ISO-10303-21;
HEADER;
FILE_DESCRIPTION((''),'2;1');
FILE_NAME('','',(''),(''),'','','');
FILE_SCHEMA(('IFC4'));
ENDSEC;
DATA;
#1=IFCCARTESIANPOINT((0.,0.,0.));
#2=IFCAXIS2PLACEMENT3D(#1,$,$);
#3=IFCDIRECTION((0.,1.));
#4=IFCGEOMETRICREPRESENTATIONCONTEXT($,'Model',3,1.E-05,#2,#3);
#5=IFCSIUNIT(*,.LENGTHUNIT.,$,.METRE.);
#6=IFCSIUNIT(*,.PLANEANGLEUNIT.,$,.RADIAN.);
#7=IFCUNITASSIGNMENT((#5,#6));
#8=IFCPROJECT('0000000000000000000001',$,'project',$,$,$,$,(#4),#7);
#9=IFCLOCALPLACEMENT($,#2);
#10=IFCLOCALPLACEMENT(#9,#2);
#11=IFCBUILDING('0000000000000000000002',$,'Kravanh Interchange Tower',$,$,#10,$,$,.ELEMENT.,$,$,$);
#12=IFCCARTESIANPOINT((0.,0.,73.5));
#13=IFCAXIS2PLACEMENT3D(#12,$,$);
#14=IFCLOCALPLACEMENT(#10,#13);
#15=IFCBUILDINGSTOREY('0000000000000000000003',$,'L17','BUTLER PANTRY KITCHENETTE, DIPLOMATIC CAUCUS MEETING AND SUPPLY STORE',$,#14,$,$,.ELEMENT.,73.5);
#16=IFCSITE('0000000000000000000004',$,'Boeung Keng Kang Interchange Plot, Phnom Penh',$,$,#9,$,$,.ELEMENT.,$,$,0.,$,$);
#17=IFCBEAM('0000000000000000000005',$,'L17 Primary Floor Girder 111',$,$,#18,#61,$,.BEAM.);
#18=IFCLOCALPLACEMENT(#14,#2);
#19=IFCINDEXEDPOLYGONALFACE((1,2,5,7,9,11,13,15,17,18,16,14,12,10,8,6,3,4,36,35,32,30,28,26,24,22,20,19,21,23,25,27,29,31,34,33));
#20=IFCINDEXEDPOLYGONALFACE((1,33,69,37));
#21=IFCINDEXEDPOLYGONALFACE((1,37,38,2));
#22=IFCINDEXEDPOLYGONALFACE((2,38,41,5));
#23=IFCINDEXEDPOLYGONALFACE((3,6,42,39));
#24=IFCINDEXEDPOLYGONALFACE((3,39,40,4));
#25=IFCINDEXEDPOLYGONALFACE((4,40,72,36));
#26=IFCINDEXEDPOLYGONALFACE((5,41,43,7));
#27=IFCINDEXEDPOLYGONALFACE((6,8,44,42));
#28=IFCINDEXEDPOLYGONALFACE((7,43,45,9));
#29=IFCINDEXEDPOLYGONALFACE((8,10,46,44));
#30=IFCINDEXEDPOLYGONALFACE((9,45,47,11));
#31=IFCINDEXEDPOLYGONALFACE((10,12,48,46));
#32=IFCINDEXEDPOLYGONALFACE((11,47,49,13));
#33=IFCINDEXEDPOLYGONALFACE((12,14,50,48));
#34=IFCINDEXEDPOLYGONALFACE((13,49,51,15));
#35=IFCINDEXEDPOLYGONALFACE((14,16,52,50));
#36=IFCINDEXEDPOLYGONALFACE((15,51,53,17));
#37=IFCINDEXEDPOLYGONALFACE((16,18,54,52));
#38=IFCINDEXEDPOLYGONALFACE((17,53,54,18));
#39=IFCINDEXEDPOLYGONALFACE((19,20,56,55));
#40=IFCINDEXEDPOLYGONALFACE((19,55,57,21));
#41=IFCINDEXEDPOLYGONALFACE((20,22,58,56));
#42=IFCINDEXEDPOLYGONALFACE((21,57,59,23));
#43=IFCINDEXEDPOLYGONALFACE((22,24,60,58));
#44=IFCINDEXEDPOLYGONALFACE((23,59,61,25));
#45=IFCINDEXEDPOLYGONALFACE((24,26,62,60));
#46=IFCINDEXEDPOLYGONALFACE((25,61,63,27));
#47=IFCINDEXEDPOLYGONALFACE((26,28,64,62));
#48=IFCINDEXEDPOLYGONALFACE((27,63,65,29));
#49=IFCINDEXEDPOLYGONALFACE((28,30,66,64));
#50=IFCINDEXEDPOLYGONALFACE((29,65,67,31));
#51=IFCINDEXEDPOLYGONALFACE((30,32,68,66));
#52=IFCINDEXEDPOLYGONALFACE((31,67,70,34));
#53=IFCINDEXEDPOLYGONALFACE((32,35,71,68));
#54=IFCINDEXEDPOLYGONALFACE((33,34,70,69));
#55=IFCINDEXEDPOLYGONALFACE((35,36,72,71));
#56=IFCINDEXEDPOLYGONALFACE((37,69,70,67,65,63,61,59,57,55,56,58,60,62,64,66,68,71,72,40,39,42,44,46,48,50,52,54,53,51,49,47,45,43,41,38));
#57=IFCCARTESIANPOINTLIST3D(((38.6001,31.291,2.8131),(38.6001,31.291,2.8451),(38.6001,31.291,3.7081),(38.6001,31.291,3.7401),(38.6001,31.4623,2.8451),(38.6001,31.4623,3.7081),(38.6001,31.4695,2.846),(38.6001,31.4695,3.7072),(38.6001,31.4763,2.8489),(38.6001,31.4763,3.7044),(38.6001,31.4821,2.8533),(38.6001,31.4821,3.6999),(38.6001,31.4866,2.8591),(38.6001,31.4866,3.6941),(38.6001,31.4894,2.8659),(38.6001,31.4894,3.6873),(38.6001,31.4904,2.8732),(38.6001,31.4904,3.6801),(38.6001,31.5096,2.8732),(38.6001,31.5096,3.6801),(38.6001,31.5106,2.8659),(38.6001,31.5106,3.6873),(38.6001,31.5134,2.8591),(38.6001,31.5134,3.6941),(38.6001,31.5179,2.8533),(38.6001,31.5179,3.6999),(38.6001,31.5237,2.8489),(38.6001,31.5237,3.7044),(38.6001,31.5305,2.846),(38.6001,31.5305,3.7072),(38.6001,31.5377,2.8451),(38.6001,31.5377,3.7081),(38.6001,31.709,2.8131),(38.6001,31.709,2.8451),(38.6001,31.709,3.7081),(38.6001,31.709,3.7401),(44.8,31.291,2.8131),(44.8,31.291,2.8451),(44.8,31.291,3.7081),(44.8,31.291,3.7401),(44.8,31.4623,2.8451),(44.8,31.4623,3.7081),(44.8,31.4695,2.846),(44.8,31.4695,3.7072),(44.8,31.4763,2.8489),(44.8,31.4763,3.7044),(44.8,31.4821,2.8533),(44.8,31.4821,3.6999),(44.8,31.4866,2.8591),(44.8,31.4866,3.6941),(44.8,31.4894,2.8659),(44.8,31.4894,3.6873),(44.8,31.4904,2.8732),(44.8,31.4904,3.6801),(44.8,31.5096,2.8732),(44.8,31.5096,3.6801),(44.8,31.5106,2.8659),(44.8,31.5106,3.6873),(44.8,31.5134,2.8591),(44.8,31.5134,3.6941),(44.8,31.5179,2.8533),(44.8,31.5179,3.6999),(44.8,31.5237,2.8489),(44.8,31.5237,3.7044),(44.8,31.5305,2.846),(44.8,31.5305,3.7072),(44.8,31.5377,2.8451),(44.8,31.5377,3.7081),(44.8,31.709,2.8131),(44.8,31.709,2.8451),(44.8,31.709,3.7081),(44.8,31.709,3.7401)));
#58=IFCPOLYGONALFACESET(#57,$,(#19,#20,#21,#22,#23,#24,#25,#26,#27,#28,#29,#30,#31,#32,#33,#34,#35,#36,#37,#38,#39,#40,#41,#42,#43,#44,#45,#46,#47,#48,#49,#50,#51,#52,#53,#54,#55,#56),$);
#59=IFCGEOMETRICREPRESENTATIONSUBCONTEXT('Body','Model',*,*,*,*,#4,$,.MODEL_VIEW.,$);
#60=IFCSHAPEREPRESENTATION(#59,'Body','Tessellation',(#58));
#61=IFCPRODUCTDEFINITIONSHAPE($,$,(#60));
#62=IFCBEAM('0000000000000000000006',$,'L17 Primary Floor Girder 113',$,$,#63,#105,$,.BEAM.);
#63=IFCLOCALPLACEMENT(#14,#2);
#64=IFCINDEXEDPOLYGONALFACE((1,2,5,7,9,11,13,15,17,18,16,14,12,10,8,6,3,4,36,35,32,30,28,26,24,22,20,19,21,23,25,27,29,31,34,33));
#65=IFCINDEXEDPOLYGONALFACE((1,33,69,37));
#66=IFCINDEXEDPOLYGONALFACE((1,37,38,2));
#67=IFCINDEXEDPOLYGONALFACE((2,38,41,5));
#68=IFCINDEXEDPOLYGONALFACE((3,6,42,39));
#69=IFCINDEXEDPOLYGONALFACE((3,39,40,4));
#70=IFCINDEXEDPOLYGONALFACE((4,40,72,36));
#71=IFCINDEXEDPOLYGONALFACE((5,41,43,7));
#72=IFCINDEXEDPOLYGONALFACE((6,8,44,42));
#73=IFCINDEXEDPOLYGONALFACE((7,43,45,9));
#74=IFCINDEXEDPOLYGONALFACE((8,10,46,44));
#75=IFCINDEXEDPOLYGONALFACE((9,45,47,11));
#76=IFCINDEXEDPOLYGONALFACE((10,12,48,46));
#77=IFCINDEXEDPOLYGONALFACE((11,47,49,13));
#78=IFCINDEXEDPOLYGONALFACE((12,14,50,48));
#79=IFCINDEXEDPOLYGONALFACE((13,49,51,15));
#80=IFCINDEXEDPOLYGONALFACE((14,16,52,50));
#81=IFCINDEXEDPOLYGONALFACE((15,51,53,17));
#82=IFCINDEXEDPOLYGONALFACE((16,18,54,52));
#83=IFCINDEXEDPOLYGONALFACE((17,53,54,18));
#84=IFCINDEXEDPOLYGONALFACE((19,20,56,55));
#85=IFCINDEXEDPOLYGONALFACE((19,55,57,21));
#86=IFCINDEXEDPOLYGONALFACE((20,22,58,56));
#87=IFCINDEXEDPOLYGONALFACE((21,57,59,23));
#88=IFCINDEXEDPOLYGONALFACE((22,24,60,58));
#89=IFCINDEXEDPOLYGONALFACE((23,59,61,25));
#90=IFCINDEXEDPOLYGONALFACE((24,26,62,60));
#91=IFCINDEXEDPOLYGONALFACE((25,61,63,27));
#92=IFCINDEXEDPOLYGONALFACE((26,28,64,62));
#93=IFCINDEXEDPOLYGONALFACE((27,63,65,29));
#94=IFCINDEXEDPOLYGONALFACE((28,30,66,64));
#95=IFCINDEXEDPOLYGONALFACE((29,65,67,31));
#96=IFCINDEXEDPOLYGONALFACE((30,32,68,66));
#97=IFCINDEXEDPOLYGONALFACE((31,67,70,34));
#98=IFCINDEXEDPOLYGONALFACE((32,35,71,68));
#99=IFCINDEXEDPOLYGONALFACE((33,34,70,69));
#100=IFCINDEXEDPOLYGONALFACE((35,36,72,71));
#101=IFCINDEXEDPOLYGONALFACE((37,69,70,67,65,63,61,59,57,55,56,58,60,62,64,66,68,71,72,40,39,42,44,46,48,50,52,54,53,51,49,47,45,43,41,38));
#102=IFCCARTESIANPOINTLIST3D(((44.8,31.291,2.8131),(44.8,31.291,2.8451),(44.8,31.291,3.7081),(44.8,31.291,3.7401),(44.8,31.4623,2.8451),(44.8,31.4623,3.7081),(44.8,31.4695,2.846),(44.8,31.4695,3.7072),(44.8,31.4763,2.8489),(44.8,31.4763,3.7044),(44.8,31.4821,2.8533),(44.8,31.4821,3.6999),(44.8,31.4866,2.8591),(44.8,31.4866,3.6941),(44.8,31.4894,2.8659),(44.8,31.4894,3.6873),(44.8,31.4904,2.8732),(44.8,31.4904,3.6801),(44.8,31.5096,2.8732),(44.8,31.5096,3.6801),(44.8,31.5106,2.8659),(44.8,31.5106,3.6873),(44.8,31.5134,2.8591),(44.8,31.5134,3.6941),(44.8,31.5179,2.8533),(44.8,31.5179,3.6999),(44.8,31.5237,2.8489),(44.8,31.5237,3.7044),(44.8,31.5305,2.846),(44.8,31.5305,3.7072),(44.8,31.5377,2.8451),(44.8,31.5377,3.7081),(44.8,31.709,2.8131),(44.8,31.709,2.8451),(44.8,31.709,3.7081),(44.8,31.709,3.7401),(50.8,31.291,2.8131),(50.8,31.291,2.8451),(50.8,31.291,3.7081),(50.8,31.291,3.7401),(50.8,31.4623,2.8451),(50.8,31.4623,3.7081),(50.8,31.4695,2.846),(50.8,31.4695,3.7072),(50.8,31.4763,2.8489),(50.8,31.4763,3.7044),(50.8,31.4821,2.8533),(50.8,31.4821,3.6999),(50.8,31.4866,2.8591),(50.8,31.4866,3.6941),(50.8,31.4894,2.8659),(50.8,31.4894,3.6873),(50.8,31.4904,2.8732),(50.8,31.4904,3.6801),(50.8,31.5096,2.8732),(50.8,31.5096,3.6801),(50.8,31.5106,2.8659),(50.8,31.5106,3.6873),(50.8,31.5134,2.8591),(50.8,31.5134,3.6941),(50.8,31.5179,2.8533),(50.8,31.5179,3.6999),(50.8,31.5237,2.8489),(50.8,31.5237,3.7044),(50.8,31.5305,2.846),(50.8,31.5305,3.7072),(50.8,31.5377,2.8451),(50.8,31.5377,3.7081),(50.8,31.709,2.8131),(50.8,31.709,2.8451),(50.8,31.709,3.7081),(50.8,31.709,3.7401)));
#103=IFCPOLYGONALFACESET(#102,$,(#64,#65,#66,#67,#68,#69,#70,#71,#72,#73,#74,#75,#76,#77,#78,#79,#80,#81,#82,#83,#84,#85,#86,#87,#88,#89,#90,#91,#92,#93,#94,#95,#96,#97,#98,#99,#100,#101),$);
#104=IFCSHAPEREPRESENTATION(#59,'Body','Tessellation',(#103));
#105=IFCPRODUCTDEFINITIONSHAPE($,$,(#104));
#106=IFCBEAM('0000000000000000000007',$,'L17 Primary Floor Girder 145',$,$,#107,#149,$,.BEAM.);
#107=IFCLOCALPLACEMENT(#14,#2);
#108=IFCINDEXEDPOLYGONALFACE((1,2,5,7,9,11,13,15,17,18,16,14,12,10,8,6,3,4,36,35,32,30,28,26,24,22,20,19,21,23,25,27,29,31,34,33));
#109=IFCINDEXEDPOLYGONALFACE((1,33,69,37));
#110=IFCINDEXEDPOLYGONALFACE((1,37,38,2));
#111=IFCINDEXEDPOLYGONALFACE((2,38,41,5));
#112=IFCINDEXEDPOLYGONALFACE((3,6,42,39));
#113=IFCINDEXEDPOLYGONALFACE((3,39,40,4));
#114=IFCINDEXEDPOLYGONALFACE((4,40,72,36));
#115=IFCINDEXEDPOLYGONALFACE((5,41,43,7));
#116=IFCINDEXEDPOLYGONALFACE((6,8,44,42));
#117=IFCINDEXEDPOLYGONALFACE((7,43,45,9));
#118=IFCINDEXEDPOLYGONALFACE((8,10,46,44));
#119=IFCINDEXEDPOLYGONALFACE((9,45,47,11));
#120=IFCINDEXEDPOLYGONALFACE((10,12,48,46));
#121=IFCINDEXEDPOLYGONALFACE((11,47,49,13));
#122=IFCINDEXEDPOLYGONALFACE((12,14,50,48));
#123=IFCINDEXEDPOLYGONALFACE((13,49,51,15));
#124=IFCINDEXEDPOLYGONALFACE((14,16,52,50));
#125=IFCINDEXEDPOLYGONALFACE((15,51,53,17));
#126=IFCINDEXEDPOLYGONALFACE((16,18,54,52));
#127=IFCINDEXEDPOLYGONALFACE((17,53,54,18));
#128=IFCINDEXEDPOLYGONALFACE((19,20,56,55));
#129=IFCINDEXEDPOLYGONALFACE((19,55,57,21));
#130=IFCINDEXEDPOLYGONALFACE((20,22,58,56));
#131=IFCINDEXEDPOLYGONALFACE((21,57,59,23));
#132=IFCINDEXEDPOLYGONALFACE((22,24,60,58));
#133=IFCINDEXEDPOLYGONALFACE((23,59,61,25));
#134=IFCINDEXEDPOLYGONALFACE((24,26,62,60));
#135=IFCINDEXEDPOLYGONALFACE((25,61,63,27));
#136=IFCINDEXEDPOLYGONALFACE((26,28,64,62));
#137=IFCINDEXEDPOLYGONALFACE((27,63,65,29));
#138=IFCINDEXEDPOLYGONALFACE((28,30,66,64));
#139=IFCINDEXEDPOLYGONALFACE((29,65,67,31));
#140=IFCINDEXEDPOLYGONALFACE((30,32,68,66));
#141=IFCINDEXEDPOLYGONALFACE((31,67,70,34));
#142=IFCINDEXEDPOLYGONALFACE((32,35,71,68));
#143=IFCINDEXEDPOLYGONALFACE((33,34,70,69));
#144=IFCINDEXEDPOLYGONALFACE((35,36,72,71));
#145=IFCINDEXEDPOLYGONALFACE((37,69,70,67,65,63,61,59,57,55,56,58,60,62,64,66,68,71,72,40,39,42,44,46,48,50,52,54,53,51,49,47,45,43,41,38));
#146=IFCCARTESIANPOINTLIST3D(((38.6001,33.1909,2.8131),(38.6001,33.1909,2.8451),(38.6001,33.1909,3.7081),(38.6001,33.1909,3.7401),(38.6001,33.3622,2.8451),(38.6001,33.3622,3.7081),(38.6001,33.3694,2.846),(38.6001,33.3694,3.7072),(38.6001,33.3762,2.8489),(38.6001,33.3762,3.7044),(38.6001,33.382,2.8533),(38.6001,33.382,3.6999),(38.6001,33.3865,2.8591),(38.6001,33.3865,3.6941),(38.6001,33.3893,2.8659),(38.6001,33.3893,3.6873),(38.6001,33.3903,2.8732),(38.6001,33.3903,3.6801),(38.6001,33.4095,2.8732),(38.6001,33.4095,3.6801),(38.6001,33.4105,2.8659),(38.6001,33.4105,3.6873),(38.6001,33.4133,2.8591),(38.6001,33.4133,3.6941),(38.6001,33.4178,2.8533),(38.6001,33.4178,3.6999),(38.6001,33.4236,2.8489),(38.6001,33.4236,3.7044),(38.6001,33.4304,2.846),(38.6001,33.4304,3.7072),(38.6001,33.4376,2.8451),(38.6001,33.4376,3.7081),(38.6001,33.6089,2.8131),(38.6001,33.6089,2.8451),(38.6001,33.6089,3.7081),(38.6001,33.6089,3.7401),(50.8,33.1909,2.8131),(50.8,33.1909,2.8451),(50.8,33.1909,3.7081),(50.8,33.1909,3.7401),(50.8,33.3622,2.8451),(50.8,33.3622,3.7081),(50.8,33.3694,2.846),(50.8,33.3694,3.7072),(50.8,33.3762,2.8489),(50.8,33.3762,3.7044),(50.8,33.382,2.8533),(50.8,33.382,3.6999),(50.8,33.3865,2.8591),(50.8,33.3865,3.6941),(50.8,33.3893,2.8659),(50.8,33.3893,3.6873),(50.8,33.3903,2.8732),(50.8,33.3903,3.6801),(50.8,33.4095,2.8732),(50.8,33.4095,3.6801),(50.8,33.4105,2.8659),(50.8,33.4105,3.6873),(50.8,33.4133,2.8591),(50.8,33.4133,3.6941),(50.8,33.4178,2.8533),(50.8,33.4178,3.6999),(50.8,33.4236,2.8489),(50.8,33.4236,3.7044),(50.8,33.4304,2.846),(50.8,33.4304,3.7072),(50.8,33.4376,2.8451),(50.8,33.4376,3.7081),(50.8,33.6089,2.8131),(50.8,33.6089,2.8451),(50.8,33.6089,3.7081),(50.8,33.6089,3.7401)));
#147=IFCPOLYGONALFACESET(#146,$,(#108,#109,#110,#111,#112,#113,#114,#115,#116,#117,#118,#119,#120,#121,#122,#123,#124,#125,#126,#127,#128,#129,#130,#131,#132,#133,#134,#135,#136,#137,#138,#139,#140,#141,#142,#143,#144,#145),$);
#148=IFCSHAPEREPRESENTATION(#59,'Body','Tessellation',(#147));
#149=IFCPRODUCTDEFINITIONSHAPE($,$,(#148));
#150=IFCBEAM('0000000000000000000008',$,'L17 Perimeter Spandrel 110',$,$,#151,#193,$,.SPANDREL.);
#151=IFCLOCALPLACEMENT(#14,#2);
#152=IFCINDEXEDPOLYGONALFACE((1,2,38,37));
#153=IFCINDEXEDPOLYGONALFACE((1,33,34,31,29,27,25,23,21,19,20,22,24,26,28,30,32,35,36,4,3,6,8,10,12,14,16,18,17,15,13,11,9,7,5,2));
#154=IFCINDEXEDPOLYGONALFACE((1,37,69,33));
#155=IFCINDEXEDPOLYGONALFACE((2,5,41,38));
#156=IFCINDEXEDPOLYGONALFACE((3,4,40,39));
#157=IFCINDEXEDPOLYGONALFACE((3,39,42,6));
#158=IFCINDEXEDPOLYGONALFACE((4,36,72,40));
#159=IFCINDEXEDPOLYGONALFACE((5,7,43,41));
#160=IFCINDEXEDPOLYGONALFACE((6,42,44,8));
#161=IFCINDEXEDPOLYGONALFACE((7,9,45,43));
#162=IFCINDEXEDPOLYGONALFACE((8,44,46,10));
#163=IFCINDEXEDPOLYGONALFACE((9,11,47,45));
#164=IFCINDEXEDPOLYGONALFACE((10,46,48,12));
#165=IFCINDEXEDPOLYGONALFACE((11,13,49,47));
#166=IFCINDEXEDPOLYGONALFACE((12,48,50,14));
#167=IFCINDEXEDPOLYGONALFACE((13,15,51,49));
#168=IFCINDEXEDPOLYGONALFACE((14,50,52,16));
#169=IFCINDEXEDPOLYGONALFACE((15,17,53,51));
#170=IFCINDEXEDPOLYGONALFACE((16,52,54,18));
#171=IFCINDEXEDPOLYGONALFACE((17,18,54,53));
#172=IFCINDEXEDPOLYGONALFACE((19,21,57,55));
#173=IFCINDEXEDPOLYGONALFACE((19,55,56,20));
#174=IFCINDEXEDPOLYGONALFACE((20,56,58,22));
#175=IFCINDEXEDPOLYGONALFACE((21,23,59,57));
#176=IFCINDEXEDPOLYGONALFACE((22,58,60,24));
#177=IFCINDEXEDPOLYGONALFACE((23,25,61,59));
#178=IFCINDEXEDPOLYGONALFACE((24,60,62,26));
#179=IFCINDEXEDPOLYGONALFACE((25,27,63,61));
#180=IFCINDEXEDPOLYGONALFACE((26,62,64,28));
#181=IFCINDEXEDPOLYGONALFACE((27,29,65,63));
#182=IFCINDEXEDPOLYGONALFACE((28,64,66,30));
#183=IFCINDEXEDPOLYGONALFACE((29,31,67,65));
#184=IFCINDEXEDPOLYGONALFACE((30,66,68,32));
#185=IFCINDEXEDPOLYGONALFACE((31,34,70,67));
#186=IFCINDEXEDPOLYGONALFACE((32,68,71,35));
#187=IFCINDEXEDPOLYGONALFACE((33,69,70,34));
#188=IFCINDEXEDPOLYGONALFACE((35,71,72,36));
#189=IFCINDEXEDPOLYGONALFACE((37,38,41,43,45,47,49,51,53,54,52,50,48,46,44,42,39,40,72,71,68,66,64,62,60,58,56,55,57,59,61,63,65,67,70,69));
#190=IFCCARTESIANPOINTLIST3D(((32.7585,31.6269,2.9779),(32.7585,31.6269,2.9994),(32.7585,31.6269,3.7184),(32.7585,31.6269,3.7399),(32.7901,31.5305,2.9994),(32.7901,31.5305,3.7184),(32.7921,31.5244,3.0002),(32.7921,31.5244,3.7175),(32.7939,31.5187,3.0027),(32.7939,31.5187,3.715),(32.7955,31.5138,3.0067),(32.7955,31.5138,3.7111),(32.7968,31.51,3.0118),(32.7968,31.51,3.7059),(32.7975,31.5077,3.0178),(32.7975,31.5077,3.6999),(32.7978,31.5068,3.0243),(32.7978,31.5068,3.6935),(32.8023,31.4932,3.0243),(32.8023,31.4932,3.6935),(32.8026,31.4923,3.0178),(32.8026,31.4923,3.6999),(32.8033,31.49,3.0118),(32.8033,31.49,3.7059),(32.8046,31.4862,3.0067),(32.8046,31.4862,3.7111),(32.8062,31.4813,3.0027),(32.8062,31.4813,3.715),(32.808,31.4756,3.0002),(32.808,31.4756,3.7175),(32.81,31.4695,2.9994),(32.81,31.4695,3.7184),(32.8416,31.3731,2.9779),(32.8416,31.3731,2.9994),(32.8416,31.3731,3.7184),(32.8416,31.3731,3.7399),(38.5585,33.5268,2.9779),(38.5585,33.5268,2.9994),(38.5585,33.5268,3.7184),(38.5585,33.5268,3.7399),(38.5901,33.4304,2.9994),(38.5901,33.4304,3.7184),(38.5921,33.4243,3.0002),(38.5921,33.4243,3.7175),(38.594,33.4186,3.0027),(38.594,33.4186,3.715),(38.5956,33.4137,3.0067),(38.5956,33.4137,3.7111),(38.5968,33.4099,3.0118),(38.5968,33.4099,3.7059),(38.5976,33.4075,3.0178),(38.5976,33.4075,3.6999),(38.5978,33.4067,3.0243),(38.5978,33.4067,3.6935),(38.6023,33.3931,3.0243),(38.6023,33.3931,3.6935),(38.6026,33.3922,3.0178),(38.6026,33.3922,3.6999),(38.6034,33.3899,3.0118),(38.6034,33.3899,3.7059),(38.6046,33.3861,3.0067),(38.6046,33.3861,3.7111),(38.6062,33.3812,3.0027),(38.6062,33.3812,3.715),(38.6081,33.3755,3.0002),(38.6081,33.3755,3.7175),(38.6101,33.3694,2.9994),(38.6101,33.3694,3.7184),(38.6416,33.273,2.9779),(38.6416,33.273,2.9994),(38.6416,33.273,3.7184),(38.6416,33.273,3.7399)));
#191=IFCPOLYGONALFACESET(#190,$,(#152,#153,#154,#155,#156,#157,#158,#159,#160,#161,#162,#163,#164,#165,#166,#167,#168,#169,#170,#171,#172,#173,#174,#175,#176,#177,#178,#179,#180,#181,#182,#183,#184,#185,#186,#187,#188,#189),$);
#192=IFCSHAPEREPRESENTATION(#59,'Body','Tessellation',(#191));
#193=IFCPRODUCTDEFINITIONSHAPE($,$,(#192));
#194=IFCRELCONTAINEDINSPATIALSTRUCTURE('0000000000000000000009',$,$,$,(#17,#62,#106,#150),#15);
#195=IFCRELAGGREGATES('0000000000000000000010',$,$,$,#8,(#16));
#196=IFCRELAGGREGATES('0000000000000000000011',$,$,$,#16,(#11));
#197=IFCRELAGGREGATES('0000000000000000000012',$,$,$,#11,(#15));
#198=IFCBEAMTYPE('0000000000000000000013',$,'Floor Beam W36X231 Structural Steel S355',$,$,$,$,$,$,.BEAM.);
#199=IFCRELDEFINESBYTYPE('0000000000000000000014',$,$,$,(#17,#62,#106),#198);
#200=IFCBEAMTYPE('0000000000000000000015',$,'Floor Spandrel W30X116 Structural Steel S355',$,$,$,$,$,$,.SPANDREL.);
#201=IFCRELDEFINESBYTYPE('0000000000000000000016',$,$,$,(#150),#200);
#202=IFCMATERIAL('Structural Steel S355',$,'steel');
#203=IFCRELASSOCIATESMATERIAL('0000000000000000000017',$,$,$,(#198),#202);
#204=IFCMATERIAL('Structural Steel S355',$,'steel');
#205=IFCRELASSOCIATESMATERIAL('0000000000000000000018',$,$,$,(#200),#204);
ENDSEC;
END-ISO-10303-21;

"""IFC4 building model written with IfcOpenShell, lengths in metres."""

from ifc_helpers import new_model, si_unit, direction, frame, origin, origin_2d, place, context, subcontext, project, spatial, i_section, extrude, material, material_profile, profile_set, type_object, element, save


model = new_model("IFC4")

# Units and contexts
model_context = context("Model", 3, precision=1e-05, world=origin(), true_north=direction((0.0, 1.0)))
body_context = subcontext(model_context, "Body", "Model", "MODEL_VIEW")
ifc_project = project(units=[si_unit("LENGTHUNIT", "METRE"), si_unit("PLANEANGLEUNIT", "RADIAN")], contexts=[model_context])

# Site, building, storey
site_placement = place(None, origin())
site = spatial("IfcSite", under=ifc_project, at=site_placement, Name="Boeung Keng Kang Interchange Plot, Phnom Penh", CompositionType="ELEMENT", RefElevation=0.0)
building_placement = place(site_placement, origin())
building = spatial("IfcBuilding", under=site, at=building_placement, Name="Kravanh Interchange Tower", CompositionType="ELEMENT")
storey_placement = place(building_placement, frame((0.0, 0.0, 73.5)))
storey = spatial("IfcBuildingStorey", under=building, at=storey_placement, Name="L17", Description="BUTLER PANTRY KITCHENETTE, DIPLOMATIC CAUCUS MEETING AND SUPPLY STORE", CompositionType="ELEMENT", Elevation=73.5)

# Beams
ifc_material_1 = material(Name="Structural Steel S355", Category="steel")
ifc_material_profile_1 = material_profile(ifc_material_1, i_section(OverallWidth=0.418, OverallDepth=0.927, WebThickness=0.0193, FlangeThickness=0.032, FilletRadius=0.0281, at=origin_2d()), Name="W36X231")
ifc_profile_set_1 = profile_set([ifc_material_profile_1], Name="Structural Steel S355")
beam_type_1 = type_object("IfcBeamType", Name="Floor Beam W36X231 Structural Steel S355", PredefinedType="BEAM", material=ifc_profile_set_1)
beam_1_placement = place(storey_placement, frame((38.6001, 31.5, 3.2766), z_axis=(1.0, 0.0, 0.0), x_axis=(0.0, 1.0, 0.0)))
element("IfcBeam", 1, at=beam_1_placement, inside=storey, type_object=beam_type_1, Name="L17 Primary Floor Girder 111", PredefinedType="BEAM", context=body_context, shape_type="SweptSolid", body=[
    extrude(i_section(OverallWidth=0.418, OverallDepth=0.927, WebThickness=0.0193, FlangeThickness=0.032, FilletRadius=0.0281, at=origin_2d()), origin(), (0.0, 0.0, 1.0), 6.2),
])
beam_2_placement = place(storey_placement, frame((44.8, 31.5, 3.2766), z_axis=(1.0, 0.0, 0.0), x_axis=(0.0, 1.0, 0.0)))
element("IfcBeam", 2, at=beam_2_placement, inside=storey, type_object=beam_type_1, Name="L17 Primary Floor Girder 113", PredefinedType="BEAM", context=body_context, shape_type="SweptSolid", body=[
    extrude(i_section(OverallWidth=0.418, OverallDepth=0.927, WebThickness=0.0193, FlangeThickness=0.032, FilletRadius=0.0281, at=origin_2d()), origin(), (0.0, 0.0, 1.0), 6.0),
])
beam_3_placement = place(storey_placement, frame((38.6001, 33.3999, 3.2766), z_axis=(1.0, 0.0, 0.0), x_axis=(0.0, 1.0, 0.0)))
element("IfcBeam", 3, at=beam_3_placement, inside=storey, type_object=beam_type_1, Name="L17 Primary Floor Girder 145", PredefinedType="BEAM", context=body_context, shape_type="SweptSolid", body=[
    extrude(i_section(OverallWidth=0.418, OverallDepth=0.927, WebThickness=0.0193, FlangeThickness=0.032, FilletRadius=0.0281, at=origin_2d()), origin(), (0.0, 0.0, 1.0), 12.2),
])
ifc_material_2 = material(Name="Structural Steel S355", Category="steel")
ifc_material_profile_2 = material_profile(ifc_material_2, i_section(OverallWidth=0.2671, OverallDepth=0.762, WebThickness=0.0144, FlangeThickness=0.0215, FilletRadius=0.0249, at=origin_2d()), Name="W30X116")
ifc_profile_set_2 = profile_set([ifc_material_profile_2], Name="Structural Steel S355")
beam_type_2 = type_object("IfcBeamType", Name="Floor Spandrel W30X116 Structural Steel S355", PredefinedType="SPANDREL", material=ifc_profile_set_2)
beam_4_placement = place(storey_placement, frame((32.8, 31.5, 3.3589), z_axis=(0.950315, 0.311291, 0.0), x_axis=(-0.311291, 0.950315, 0.0)))
element("IfcBeam", 4, at=beam_4_placement, inside=storey, type_object=beam_type_2, Name="L17 Perimeter Spandrel 110", PredefinedType="SPANDREL", context=body_context, shape_type="SweptSolid", body=[
    extrude(i_section(OverallWidth=0.2671, OverallDepth=0.762, WebThickness=0.0144, FlangeThickness=0.0215, FilletRadius=0.0249, at=origin_2d()), origin(), (0.0, 0.0, 1.0), 6.1033),
])

save(model, "model.ifc")
